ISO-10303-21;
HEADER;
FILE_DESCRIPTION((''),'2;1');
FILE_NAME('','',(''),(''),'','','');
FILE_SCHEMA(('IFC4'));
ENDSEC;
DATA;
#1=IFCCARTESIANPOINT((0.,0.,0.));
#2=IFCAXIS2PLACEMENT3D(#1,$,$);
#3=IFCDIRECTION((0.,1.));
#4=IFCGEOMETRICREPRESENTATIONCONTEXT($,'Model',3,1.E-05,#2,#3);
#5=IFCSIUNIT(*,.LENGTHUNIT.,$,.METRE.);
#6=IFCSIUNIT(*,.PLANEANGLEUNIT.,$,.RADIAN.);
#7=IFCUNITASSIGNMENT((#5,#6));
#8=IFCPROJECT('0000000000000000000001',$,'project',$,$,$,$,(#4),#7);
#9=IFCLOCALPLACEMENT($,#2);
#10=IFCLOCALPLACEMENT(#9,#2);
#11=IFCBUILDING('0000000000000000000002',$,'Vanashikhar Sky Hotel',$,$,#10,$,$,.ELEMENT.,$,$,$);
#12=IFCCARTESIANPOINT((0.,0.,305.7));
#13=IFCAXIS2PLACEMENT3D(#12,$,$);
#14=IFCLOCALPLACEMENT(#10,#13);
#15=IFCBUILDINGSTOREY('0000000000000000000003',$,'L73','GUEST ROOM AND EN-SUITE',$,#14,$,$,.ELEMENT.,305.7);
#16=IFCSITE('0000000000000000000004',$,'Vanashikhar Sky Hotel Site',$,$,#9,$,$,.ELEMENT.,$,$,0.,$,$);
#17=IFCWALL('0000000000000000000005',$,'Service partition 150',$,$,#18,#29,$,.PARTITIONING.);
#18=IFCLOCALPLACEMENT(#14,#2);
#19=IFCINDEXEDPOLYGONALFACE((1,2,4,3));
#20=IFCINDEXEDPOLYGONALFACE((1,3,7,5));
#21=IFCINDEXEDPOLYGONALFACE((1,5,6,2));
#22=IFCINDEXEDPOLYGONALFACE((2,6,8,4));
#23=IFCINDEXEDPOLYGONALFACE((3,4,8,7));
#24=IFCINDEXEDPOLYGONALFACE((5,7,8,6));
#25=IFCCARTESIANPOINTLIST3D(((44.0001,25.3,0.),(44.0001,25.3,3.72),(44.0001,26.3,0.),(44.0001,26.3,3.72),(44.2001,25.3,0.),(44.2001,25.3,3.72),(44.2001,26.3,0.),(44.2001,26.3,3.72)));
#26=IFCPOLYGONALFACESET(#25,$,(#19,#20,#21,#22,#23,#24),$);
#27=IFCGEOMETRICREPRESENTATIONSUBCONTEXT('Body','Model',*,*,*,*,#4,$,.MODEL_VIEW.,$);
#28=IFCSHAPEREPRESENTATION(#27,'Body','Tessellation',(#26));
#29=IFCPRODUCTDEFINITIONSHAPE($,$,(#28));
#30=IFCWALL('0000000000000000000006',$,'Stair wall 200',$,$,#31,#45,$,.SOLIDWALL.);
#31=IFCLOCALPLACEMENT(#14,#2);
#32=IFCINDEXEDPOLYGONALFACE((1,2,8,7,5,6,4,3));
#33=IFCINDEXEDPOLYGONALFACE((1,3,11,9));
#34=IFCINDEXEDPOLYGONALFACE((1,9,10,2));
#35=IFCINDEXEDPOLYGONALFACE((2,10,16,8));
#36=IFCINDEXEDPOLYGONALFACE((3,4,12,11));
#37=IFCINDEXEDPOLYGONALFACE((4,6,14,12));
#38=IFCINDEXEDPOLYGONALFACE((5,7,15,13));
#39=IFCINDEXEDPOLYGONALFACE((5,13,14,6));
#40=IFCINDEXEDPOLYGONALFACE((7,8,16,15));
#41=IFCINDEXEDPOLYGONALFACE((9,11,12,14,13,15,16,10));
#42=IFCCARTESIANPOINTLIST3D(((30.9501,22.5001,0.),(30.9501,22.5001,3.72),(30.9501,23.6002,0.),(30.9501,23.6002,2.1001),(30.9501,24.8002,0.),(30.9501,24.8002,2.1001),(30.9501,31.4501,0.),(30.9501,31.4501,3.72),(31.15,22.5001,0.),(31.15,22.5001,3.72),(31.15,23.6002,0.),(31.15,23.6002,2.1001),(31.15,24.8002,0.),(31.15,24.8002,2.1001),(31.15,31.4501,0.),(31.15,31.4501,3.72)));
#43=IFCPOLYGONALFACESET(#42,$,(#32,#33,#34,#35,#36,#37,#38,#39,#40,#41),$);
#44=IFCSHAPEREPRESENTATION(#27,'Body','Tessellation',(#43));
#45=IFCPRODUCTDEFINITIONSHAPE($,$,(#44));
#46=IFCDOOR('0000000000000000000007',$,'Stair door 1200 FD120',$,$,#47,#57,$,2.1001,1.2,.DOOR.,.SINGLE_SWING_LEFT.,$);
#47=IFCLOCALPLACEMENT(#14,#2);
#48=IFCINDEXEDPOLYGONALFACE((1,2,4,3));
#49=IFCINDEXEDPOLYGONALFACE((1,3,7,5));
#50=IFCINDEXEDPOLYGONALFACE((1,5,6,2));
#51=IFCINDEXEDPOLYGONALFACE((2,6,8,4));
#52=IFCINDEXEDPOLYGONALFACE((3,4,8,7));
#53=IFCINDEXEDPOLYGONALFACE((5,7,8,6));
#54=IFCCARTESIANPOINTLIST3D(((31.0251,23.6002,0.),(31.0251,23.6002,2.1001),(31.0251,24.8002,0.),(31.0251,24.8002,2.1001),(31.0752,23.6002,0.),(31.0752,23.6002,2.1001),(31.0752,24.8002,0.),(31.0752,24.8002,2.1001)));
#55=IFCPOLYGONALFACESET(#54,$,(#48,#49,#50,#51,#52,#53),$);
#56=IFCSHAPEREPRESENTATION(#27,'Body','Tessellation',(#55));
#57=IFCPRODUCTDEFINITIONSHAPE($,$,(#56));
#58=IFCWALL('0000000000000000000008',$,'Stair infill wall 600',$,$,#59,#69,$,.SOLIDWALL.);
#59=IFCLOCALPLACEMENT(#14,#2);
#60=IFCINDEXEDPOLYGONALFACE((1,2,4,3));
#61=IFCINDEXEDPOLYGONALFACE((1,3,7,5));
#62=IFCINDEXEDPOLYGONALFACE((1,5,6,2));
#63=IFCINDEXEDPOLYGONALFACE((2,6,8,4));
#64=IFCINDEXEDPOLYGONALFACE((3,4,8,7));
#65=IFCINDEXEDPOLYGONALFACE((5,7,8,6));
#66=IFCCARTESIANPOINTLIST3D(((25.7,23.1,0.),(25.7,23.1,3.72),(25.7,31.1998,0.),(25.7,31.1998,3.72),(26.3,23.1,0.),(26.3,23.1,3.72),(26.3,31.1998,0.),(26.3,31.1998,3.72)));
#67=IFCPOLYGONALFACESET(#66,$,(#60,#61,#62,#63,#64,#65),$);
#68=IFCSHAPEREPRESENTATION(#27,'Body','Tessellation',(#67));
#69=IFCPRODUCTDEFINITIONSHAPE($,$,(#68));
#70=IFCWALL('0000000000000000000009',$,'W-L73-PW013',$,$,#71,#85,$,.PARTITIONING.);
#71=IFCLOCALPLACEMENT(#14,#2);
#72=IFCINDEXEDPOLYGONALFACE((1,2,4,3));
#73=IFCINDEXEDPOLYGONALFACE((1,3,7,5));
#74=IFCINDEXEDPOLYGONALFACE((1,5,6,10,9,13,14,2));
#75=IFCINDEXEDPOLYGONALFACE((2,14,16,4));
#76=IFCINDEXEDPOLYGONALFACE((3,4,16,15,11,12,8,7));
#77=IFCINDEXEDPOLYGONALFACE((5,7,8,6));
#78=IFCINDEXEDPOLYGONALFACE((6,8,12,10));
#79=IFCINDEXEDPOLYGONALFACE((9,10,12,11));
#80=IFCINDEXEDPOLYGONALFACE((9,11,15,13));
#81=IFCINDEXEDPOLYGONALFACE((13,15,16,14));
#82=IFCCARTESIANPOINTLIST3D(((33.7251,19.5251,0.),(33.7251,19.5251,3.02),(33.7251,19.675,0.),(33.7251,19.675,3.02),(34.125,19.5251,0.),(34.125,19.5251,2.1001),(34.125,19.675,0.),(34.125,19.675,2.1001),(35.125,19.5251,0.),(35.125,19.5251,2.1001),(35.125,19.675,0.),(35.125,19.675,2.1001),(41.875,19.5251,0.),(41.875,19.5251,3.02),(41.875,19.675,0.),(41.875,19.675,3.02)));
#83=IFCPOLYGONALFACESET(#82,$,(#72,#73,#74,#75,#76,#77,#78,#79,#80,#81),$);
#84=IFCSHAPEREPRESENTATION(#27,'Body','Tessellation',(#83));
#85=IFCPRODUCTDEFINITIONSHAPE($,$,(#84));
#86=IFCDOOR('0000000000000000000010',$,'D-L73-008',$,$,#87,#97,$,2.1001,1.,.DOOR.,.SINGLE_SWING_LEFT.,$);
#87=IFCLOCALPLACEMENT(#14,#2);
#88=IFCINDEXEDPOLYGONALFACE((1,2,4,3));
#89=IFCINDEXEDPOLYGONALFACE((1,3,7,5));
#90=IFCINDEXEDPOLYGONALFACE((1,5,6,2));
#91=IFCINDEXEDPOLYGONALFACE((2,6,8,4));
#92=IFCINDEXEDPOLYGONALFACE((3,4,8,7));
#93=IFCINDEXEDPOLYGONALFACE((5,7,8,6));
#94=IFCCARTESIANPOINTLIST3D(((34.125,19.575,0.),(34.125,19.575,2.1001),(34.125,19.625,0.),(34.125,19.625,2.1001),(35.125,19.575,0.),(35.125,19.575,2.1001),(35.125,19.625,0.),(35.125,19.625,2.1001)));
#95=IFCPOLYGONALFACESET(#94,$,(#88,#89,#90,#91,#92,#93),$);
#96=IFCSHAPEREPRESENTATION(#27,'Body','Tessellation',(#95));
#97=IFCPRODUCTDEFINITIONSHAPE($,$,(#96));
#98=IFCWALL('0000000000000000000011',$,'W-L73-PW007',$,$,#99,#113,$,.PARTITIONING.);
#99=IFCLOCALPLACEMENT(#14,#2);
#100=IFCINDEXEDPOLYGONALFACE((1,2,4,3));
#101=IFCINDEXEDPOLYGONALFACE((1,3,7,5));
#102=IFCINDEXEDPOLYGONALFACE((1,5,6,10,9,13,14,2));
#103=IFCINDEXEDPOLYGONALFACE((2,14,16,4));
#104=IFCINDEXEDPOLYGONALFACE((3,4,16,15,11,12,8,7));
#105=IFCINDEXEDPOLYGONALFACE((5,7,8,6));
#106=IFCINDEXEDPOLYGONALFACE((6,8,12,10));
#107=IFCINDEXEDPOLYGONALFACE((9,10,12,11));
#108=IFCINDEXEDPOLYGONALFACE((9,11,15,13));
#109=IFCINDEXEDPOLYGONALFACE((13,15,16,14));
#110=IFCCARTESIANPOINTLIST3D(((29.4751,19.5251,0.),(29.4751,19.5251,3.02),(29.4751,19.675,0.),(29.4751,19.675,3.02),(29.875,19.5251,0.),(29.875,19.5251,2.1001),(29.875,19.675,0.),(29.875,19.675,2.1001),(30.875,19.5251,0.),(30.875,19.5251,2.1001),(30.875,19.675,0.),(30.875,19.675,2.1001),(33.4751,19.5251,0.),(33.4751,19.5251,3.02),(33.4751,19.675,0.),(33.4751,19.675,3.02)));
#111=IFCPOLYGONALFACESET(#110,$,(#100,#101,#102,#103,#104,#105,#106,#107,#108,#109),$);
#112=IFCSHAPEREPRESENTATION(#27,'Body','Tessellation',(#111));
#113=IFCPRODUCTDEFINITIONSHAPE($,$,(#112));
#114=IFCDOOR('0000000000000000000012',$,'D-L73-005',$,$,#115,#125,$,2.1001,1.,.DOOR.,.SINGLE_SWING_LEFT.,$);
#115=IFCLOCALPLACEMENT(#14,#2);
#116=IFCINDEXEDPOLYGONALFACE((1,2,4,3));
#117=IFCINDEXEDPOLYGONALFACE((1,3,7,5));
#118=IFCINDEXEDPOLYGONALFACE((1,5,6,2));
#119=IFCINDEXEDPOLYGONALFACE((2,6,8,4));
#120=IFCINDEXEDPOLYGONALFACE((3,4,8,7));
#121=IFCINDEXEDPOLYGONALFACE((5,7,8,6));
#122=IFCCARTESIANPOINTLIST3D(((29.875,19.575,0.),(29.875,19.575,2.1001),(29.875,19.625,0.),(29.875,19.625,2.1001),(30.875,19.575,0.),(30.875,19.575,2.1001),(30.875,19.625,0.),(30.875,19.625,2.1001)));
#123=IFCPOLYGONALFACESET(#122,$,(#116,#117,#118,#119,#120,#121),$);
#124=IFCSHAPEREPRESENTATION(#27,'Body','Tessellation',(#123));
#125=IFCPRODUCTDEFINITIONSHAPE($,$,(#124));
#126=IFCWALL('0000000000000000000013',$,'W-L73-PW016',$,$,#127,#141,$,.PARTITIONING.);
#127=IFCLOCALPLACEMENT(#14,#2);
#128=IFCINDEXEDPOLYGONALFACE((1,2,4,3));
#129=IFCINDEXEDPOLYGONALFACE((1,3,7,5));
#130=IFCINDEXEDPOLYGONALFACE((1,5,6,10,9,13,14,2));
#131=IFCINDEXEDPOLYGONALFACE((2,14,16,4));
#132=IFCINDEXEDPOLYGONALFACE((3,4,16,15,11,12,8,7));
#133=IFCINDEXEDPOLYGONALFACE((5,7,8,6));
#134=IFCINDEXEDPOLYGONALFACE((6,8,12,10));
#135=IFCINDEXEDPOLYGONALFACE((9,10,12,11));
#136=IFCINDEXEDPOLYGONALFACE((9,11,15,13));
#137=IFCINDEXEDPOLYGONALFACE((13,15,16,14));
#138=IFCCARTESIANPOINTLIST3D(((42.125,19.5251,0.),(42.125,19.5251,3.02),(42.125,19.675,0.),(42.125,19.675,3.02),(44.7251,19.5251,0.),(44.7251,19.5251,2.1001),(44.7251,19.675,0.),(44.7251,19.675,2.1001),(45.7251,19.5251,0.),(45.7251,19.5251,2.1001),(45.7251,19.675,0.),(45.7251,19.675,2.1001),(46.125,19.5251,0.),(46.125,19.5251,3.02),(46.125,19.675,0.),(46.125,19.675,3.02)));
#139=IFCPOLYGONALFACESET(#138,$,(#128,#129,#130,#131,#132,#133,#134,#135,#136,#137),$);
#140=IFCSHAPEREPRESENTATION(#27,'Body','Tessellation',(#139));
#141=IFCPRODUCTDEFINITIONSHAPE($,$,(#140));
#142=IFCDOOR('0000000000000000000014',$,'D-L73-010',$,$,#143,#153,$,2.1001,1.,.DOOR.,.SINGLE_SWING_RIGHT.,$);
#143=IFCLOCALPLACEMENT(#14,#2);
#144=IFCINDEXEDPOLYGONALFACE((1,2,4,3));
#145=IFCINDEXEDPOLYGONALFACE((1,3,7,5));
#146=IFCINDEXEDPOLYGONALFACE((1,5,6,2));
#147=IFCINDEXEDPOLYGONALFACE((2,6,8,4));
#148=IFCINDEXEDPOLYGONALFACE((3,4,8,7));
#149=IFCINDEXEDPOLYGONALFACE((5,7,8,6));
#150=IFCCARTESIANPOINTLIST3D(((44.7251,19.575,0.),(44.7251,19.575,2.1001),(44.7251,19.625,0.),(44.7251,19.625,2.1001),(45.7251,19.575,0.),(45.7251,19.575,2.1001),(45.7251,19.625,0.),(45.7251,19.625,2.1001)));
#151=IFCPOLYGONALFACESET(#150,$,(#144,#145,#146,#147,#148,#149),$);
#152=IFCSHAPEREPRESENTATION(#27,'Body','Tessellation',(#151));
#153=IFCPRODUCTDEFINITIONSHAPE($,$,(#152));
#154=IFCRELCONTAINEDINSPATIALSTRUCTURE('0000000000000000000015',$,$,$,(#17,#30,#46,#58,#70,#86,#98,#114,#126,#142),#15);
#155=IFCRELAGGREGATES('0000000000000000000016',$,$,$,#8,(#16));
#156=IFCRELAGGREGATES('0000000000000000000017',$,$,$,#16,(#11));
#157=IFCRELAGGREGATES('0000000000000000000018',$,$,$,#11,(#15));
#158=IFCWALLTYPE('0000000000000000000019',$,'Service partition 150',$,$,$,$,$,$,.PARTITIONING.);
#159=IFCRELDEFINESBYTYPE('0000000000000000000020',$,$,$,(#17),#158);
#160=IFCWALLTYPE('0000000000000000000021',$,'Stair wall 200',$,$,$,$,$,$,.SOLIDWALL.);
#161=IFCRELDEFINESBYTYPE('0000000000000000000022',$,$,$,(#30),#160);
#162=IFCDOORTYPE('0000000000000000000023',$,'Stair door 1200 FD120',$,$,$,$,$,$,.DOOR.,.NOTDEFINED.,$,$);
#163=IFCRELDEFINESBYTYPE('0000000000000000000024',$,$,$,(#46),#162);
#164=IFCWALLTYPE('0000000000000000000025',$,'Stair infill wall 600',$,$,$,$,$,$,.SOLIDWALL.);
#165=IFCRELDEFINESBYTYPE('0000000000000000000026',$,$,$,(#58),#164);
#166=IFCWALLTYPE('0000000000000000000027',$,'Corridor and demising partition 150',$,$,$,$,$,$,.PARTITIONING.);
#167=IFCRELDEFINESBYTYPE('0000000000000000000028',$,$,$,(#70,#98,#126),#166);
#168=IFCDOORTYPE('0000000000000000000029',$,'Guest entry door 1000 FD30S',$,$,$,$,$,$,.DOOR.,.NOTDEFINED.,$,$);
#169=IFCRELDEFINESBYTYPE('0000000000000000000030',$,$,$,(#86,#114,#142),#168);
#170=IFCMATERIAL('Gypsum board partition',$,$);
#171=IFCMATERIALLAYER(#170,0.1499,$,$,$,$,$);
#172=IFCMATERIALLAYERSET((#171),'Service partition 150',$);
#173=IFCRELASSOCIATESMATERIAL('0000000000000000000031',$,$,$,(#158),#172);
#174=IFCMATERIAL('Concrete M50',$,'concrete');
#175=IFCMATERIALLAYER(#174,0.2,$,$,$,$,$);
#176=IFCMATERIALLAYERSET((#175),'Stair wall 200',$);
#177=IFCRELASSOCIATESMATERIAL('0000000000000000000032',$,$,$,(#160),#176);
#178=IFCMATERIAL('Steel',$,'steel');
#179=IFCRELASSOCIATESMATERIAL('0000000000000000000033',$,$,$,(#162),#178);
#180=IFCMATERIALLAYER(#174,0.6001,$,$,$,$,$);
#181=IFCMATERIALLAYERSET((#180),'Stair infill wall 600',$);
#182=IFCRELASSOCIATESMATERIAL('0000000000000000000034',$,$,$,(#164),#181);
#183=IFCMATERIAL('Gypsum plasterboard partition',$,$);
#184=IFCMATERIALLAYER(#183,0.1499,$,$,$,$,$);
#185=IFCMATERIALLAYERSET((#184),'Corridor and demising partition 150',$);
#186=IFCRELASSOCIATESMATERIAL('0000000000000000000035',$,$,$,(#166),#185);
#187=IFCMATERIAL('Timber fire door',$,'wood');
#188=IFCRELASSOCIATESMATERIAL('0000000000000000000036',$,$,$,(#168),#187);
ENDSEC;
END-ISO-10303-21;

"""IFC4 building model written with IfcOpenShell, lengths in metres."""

from ifc_helpers import new_model, si_unit, direction, frame, frame_2d, origin, place, context, subcontext, project, spatial, rectangle, extrude, source, transform, mapped, material, layer, layer_set, type_object, element, fill, save


model = new_model("IFC4")

# Units and contexts
model_context = context("Model", 3, precision=1e-05, world=origin(), true_north=direction((0.0, 1.0)))
body_context = subcontext(model_context, "Body", "Model", "MODEL_VIEW")
ifc_project = project(units=[si_unit("LENGTHUNIT", "METRE"), si_unit("PLANEANGLEUNIT", "RADIAN")], contexts=[model_context])

# Site, building, storey
site_placement = place(None, origin())
site = spatial("IfcSite", under=ifc_project, at=site_placement, Name="Vanashikhar Sky Hotel Site", CompositionType="ELEMENT", RefElevation=0.0)
building_placement = place(site_placement, origin())
building = spatial("IfcBuilding", under=site, at=building_placement, Name="Vanashikhar Sky Hotel", CompositionType="ELEMENT")
storey_placement = place(building_placement, frame((0.0, 0.0, 305.7)))
storey = spatial("IfcBuildingStorey", under=building, at=storey_placement, Name="L73", Description="GUEST ROOM AND EN-SUITE", CompositionType="ELEMENT", Elevation=305.7)

# Shared definitions
ifc_material_1 = material(Name="Concrete M50", Category="concrete")
ifc_material_2 = material(Name="Steel", Category="steel")

# Shared definitions
ifc_material_3 = material(Name="Gypsum board partition")
ifc_layer_1 = layer(ifc_material_3, 0.1499)
ifc_layer_set_1 = layer_set([ifc_layer_1], Name="Service partition 150")
wall_type_1 = type_object("IfcWallType", Name="Service partition 150", PredefinedType="PARTITIONING", material=ifc_layer_set_1)

# Wall
shared_shape_1 = source(origin(), body_context, "Body", "SweptSolid", [
    extrude(rectangle(XDim=1.0, YDim=0.2, at=frame_2d((0.5, 0.0))), origin(), (0.0, 0.0, 1.0), 3.72),
])
wall_1_placement = place(storey_placement, frame((44.1001, 25.3, 0.0), z_axis=(0.0, 0.0, 1.0), x_axis=(0.0, 1.0, 0.0)))
element("IfcWall", 1, at=wall_1_placement, inside=storey, type_object=wall_type_1, Name="Service partition 150", PredefinedType="PARTITIONING", context=body_context, shape_type="MappedRepresentation", body=[
    mapped(shared_shape_1, transform((0.0, 0.0, 0.0), scale=1.0)),
])

# Wall, opening, door
ifc_layer_2 = layer(ifc_material_1, 0.2)
ifc_layer_set_2 = layer_set([ifc_layer_2], Name="Stair wall 200")
wall_type_2 = type_object("IfcWallType", Name="Stair wall 200", PredefinedType="SOLIDWALL", material=ifc_layer_set_2)
shared_shape_2 = source(origin(), body_context, "Body", "SweptSolid", [
    extrude(rectangle(XDim=8.95, YDim=0.2, at=frame_2d((4.4751, 0.0))), origin(), (0.0, 0.0, 1.0), 3.72),
])
wall_2_placement = place(storey_placement, frame((31.05, 22.5, 0.0), z_axis=(0.0, 0.0, 1.0), x_axis=(0.0, 1.0, 0.0)))
wall_2 = element("IfcWall", 2, at=wall_2_placement, inside=storey, type_object=wall_type_2, Name="Stair wall 200", PredefinedType="SOLIDWALL", context=body_context, shape_type="MappedRepresentation", body=[
    mapped(shared_shape_2, transform((0.0, 0.0, 0.0), scale=1.0)),
])
shared_shape_3 = source(origin(), body_context, "Body", "SweptSolid", [
    extrude(rectangle(XDim=1.2, YDim=2.1001, at=frame_2d((0.6001, 1.05))), frame((0.0, 0.1099, 0.0), z_axis=(0.0, -1.0, 0.0), x_axis=(1.0, 0.0, 0.0)), (0.0, 0.0, 1.0), 0.22),
])
opening_1_placement = place(wall_2_placement, frame((1.1001, 0.0, 0.0)))
opening_1 = element("IfcOpeningElement", 3, at=opening_1_placement, cuts=wall_2, PredefinedType="OPENING", context=body_context, shape_type="MappedRepresentation", body=[
    mapped(shared_shape_3, transform((0.0, 0.0, 0.0), scale=1.0)),
])
door_type_1 = type_object("IfcDoorType", Name="Stair door 1200 FD120", OperationType="NOTDEFINED", PredefinedType="DOOR", material=ifc_material_2)
shared_shape_4 = source(origin(), body_context, "Body", "SweptSolid", [
    extrude(rectangle(XDim=1.2, YDim=2.1001, at=frame_2d((0.6001, 1.05))), frame((0.0, 0.0249, 0.0), z_axis=(0.0, -1.0, 0.0), x_axis=(1.0, 0.0, 0.0)), (0.0, 0.0, 1.0), 0.05),
])
door_1_placement = place(opening_1_placement, origin())
door_1 = element("IfcDoor", 4, at=door_1_placement, inside=storey, type_object=door_type_1, Name="Stair door 1200 FD120", OperationType="SINGLE_SWING_LEFT", OverallHeight=2.1001, OverallWidth=1.2, PredefinedType="DOOR", context=body_context, shape_type="MappedRepresentation", body=[
    mapped(shared_shape_4, transform((0.0, 0.0, 0.0), scale=1.0)),
])
fill(opening_1, door_1)

# Wall
ifc_layer_3 = layer(ifc_material_1, 0.6001)
ifc_layer_set_3 = layer_set([ifc_layer_3], Name="Stair infill wall 600")
wall_type_3 = type_object("IfcWallType", Name="Stair infill wall 600", PredefinedType="SOLIDWALL", material=ifc_layer_set_3)
shared_shape_5 = source(origin(), body_context, "Body", "SweptSolid", [
    extrude(rectangle(XDim=8.0999, YDim=0.6001, at=frame_2d((4.0498, 0.0))), origin(), (0.0, 0.0, 1.0), 3.72),
])
wall_3_placement = place(storey_placement, frame((26.0, 23.1001, 0.0), z_axis=(0.0, 0.0, 1.0), x_axis=(0.0, 1.0, 0.0)))
element("IfcWall", 5, at=wall_3_placement, inside=storey, type_object=wall_type_3, Name="Stair infill wall 600", PredefinedType="SOLIDWALL", context=body_context, shape_type="MappedRepresentation", body=[
    mapped(shared_shape_5, transform((0.0, 0.0, 0.0), scale=1.0)),
])

# Walls, openings, doors
ifc_material_4 = material(Name="Gypsum plasterboard partition")
ifc_layer_4 = layer(ifc_material_4, 0.1499)
ifc_layer_set_4 = layer_set([ifc_layer_4], Name="Corridor and demising partition 150")
wall_type_4 = type_object("IfcWallType", Name="Corridor and demising partition 150", PredefinedType="PARTITIONING", material=ifc_layer_set_4)
shared_shape_6 = source(origin(), body_context, "Body", "SweptSolid", [
    extrude(rectangle(XDim=8.1499, YDim=0.1499, at=frame_2d((4.075, 0.0))), origin(), (0.0, 0.0, 1.0), 3.02),
])
wall_4_placement = place(storey_placement, frame((33.7251, 19.6001, 0.0), z_axis=(0.0, 0.0, 1.0), x_axis=(1.0, 0.0, 0.0)))
wall_4 = element("IfcWall", 6, at=wall_4_placement, inside=storey, type_object=wall_type_4, Name="W-L73-PW013", PredefinedType="PARTITIONING", context=body_context, shape_type="MappedRepresentation", body=[
    mapped(shared_shape_6, transform((0.0, 0.0, 0.0), scale=1.0)),
])
shared_shape_7 = source(origin(), body_context, "Body", "SweptSolid", [
    extrude(rectangle(XDim=1.0, YDim=2.1001, at=frame_2d((0.5, 1.05))), frame((0.0, 0.085, 0.0), z_axis=(0.0, -1.0, 0.0), x_axis=(1.0, 0.0, 0.0)), (0.0, 0.0, 1.0), 0.1699),
])
opening_2_placement = place(wall_4_placement, frame((0.3999, 0.0, 0.0)))
opening_2 = element("IfcOpeningElement", 7, at=opening_2_placement, cuts=wall_4, PredefinedType="OPENING", context=body_context, shape_type="MappedRepresentation", body=[
    mapped(shared_shape_7, transform((0.0, 0.0, 0.0), scale=1.0)),
])
ifc_material_5 = material(Name="Timber fire door", Category="wood")
door_type_2 = type_object("IfcDoorType", Name="Guest entry door 1000 FD30S", OperationType="NOTDEFINED", PredefinedType="DOOR", material=ifc_material_5)
shared_shape_8 = source(origin(), body_context, "Body", "SweptSolid", [
    extrude(rectangle(XDim=1.0, YDim=2.1001, at=frame_2d((0.5, 1.05))), frame((0.0, 0.0249, 0.0), z_axis=(0.0, -1.0, 0.0), x_axis=(1.0, 0.0, 0.0)), (0.0, 0.0, 1.0), 0.05),
])
door_2_placement = place(opening_2_placement, origin())
door_2 = element("IfcDoor", 8, at=door_2_placement, inside=storey, type_object=door_type_2, Name="D-L73-008", OperationType="SINGLE_SWING_LEFT", OverallHeight=2.1001, OverallWidth=1.0, PredefinedType="DOOR", context=body_context, shape_type="MappedRepresentation", body=[
    mapped(shared_shape_8, transform((0.0, 0.0, 0.0), scale=1.0)),
])
fill(opening_2, door_2)
shared_shape_9 = source(origin(), body_context, "Body", "SweptSolid", [
    extrude(rectangle(XDim=4.0, YDim=0.1499, at=frame_2d((2.0, 0.0))), origin(), (0.0, 0.0, 1.0), 3.02),
])
wall_5_placement = place(storey_placement, frame((29.4751, 19.6001, 0.0), z_axis=(0.0, 0.0, 1.0), x_axis=(1.0, 0.0, 0.0)))
wall_5 = element("IfcWall", 9, at=wall_5_placement, inside=storey, type_object=wall_type_4, Name="W-L73-PW007", PredefinedType="PARTITIONING", context=body_context, shape_type="MappedRepresentation", body=[
    mapped(shared_shape_9, transform((0.0, 0.0, 0.0), scale=1.0)),
])
opening_3_placement = place(wall_5_placement, frame((0.3999, 0.0, 0.0)))
opening_3 = element("IfcOpeningElement", 10, at=opening_3_placement, cuts=wall_5, PredefinedType="OPENING", context=body_context, shape_type="MappedRepresentation", body=[
    mapped(shared_shape_7, transform((0.0, 0.0, 0.0), scale=1.0)),
])
door_3_placement = place(opening_3_placement, origin())
door_3 = element("IfcDoor", 11, at=door_3_placement, inside=storey, type_object=door_type_2, Name="D-L73-005", OperationType="SINGLE_SWING_LEFT", OverallHeight=2.1001, OverallWidth=1.0, PredefinedType="DOOR", context=body_context, shape_type="MappedRepresentation", body=[
    mapped(shared_shape_8, transform((0.0, 0.0, 0.0), scale=1.0)),
])
fill(opening_3, door_3)
wall_6_placement = place(storey_placement, frame((42.125, 19.6001, 0.0), z_axis=(0.0, 0.0, 1.0), x_axis=(1.0, 0.0, 0.0)))
wall_6 = element("IfcWall", 12, at=wall_6_placement, inside=storey, type_object=wall_type_4, Name="W-L73-PW016", PredefinedType="PARTITIONING", context=body_context, shape_type="MappedRepresentation", body=[
    mapped(shared_shape_9, transform((0.0, 0.0, 0.0), scale=1.0)),
])
opening_4_placement = place(wall_6_placement, frame((2.6001, 0.0, 0.0)))
opening_4 = element("IfcOpeningElement", 13, at=opening_4_placement, cuts=wall_6, PredefinedType="OPENING", context=body_context, shape_type="MappedRepresentation", body=[
    mapped(shared_shape_7, transform((0.0, 0.0, 0.0), scale=1.0)),
])
door_4_placement = place(opening_4_placement, origin())
door_4 = element("IfcDoor", 14, at=door_4_placement, inside=storey, type_object=door_type_2, Name="D-L73-010", OperationType="SINGLE_SWING_RIGHT", OverallHeight=2.1001, OverallWidth=1.0, PredefinedType="DOOR", context=body_context, shape_type="MappedRepresentation", body=[
    mapped(shared_shape_8, transform((0.0, 0.0, 0.0), scale=1.0)),
])
fill(opening_4, door_4)

save(model, "model.ifc")
